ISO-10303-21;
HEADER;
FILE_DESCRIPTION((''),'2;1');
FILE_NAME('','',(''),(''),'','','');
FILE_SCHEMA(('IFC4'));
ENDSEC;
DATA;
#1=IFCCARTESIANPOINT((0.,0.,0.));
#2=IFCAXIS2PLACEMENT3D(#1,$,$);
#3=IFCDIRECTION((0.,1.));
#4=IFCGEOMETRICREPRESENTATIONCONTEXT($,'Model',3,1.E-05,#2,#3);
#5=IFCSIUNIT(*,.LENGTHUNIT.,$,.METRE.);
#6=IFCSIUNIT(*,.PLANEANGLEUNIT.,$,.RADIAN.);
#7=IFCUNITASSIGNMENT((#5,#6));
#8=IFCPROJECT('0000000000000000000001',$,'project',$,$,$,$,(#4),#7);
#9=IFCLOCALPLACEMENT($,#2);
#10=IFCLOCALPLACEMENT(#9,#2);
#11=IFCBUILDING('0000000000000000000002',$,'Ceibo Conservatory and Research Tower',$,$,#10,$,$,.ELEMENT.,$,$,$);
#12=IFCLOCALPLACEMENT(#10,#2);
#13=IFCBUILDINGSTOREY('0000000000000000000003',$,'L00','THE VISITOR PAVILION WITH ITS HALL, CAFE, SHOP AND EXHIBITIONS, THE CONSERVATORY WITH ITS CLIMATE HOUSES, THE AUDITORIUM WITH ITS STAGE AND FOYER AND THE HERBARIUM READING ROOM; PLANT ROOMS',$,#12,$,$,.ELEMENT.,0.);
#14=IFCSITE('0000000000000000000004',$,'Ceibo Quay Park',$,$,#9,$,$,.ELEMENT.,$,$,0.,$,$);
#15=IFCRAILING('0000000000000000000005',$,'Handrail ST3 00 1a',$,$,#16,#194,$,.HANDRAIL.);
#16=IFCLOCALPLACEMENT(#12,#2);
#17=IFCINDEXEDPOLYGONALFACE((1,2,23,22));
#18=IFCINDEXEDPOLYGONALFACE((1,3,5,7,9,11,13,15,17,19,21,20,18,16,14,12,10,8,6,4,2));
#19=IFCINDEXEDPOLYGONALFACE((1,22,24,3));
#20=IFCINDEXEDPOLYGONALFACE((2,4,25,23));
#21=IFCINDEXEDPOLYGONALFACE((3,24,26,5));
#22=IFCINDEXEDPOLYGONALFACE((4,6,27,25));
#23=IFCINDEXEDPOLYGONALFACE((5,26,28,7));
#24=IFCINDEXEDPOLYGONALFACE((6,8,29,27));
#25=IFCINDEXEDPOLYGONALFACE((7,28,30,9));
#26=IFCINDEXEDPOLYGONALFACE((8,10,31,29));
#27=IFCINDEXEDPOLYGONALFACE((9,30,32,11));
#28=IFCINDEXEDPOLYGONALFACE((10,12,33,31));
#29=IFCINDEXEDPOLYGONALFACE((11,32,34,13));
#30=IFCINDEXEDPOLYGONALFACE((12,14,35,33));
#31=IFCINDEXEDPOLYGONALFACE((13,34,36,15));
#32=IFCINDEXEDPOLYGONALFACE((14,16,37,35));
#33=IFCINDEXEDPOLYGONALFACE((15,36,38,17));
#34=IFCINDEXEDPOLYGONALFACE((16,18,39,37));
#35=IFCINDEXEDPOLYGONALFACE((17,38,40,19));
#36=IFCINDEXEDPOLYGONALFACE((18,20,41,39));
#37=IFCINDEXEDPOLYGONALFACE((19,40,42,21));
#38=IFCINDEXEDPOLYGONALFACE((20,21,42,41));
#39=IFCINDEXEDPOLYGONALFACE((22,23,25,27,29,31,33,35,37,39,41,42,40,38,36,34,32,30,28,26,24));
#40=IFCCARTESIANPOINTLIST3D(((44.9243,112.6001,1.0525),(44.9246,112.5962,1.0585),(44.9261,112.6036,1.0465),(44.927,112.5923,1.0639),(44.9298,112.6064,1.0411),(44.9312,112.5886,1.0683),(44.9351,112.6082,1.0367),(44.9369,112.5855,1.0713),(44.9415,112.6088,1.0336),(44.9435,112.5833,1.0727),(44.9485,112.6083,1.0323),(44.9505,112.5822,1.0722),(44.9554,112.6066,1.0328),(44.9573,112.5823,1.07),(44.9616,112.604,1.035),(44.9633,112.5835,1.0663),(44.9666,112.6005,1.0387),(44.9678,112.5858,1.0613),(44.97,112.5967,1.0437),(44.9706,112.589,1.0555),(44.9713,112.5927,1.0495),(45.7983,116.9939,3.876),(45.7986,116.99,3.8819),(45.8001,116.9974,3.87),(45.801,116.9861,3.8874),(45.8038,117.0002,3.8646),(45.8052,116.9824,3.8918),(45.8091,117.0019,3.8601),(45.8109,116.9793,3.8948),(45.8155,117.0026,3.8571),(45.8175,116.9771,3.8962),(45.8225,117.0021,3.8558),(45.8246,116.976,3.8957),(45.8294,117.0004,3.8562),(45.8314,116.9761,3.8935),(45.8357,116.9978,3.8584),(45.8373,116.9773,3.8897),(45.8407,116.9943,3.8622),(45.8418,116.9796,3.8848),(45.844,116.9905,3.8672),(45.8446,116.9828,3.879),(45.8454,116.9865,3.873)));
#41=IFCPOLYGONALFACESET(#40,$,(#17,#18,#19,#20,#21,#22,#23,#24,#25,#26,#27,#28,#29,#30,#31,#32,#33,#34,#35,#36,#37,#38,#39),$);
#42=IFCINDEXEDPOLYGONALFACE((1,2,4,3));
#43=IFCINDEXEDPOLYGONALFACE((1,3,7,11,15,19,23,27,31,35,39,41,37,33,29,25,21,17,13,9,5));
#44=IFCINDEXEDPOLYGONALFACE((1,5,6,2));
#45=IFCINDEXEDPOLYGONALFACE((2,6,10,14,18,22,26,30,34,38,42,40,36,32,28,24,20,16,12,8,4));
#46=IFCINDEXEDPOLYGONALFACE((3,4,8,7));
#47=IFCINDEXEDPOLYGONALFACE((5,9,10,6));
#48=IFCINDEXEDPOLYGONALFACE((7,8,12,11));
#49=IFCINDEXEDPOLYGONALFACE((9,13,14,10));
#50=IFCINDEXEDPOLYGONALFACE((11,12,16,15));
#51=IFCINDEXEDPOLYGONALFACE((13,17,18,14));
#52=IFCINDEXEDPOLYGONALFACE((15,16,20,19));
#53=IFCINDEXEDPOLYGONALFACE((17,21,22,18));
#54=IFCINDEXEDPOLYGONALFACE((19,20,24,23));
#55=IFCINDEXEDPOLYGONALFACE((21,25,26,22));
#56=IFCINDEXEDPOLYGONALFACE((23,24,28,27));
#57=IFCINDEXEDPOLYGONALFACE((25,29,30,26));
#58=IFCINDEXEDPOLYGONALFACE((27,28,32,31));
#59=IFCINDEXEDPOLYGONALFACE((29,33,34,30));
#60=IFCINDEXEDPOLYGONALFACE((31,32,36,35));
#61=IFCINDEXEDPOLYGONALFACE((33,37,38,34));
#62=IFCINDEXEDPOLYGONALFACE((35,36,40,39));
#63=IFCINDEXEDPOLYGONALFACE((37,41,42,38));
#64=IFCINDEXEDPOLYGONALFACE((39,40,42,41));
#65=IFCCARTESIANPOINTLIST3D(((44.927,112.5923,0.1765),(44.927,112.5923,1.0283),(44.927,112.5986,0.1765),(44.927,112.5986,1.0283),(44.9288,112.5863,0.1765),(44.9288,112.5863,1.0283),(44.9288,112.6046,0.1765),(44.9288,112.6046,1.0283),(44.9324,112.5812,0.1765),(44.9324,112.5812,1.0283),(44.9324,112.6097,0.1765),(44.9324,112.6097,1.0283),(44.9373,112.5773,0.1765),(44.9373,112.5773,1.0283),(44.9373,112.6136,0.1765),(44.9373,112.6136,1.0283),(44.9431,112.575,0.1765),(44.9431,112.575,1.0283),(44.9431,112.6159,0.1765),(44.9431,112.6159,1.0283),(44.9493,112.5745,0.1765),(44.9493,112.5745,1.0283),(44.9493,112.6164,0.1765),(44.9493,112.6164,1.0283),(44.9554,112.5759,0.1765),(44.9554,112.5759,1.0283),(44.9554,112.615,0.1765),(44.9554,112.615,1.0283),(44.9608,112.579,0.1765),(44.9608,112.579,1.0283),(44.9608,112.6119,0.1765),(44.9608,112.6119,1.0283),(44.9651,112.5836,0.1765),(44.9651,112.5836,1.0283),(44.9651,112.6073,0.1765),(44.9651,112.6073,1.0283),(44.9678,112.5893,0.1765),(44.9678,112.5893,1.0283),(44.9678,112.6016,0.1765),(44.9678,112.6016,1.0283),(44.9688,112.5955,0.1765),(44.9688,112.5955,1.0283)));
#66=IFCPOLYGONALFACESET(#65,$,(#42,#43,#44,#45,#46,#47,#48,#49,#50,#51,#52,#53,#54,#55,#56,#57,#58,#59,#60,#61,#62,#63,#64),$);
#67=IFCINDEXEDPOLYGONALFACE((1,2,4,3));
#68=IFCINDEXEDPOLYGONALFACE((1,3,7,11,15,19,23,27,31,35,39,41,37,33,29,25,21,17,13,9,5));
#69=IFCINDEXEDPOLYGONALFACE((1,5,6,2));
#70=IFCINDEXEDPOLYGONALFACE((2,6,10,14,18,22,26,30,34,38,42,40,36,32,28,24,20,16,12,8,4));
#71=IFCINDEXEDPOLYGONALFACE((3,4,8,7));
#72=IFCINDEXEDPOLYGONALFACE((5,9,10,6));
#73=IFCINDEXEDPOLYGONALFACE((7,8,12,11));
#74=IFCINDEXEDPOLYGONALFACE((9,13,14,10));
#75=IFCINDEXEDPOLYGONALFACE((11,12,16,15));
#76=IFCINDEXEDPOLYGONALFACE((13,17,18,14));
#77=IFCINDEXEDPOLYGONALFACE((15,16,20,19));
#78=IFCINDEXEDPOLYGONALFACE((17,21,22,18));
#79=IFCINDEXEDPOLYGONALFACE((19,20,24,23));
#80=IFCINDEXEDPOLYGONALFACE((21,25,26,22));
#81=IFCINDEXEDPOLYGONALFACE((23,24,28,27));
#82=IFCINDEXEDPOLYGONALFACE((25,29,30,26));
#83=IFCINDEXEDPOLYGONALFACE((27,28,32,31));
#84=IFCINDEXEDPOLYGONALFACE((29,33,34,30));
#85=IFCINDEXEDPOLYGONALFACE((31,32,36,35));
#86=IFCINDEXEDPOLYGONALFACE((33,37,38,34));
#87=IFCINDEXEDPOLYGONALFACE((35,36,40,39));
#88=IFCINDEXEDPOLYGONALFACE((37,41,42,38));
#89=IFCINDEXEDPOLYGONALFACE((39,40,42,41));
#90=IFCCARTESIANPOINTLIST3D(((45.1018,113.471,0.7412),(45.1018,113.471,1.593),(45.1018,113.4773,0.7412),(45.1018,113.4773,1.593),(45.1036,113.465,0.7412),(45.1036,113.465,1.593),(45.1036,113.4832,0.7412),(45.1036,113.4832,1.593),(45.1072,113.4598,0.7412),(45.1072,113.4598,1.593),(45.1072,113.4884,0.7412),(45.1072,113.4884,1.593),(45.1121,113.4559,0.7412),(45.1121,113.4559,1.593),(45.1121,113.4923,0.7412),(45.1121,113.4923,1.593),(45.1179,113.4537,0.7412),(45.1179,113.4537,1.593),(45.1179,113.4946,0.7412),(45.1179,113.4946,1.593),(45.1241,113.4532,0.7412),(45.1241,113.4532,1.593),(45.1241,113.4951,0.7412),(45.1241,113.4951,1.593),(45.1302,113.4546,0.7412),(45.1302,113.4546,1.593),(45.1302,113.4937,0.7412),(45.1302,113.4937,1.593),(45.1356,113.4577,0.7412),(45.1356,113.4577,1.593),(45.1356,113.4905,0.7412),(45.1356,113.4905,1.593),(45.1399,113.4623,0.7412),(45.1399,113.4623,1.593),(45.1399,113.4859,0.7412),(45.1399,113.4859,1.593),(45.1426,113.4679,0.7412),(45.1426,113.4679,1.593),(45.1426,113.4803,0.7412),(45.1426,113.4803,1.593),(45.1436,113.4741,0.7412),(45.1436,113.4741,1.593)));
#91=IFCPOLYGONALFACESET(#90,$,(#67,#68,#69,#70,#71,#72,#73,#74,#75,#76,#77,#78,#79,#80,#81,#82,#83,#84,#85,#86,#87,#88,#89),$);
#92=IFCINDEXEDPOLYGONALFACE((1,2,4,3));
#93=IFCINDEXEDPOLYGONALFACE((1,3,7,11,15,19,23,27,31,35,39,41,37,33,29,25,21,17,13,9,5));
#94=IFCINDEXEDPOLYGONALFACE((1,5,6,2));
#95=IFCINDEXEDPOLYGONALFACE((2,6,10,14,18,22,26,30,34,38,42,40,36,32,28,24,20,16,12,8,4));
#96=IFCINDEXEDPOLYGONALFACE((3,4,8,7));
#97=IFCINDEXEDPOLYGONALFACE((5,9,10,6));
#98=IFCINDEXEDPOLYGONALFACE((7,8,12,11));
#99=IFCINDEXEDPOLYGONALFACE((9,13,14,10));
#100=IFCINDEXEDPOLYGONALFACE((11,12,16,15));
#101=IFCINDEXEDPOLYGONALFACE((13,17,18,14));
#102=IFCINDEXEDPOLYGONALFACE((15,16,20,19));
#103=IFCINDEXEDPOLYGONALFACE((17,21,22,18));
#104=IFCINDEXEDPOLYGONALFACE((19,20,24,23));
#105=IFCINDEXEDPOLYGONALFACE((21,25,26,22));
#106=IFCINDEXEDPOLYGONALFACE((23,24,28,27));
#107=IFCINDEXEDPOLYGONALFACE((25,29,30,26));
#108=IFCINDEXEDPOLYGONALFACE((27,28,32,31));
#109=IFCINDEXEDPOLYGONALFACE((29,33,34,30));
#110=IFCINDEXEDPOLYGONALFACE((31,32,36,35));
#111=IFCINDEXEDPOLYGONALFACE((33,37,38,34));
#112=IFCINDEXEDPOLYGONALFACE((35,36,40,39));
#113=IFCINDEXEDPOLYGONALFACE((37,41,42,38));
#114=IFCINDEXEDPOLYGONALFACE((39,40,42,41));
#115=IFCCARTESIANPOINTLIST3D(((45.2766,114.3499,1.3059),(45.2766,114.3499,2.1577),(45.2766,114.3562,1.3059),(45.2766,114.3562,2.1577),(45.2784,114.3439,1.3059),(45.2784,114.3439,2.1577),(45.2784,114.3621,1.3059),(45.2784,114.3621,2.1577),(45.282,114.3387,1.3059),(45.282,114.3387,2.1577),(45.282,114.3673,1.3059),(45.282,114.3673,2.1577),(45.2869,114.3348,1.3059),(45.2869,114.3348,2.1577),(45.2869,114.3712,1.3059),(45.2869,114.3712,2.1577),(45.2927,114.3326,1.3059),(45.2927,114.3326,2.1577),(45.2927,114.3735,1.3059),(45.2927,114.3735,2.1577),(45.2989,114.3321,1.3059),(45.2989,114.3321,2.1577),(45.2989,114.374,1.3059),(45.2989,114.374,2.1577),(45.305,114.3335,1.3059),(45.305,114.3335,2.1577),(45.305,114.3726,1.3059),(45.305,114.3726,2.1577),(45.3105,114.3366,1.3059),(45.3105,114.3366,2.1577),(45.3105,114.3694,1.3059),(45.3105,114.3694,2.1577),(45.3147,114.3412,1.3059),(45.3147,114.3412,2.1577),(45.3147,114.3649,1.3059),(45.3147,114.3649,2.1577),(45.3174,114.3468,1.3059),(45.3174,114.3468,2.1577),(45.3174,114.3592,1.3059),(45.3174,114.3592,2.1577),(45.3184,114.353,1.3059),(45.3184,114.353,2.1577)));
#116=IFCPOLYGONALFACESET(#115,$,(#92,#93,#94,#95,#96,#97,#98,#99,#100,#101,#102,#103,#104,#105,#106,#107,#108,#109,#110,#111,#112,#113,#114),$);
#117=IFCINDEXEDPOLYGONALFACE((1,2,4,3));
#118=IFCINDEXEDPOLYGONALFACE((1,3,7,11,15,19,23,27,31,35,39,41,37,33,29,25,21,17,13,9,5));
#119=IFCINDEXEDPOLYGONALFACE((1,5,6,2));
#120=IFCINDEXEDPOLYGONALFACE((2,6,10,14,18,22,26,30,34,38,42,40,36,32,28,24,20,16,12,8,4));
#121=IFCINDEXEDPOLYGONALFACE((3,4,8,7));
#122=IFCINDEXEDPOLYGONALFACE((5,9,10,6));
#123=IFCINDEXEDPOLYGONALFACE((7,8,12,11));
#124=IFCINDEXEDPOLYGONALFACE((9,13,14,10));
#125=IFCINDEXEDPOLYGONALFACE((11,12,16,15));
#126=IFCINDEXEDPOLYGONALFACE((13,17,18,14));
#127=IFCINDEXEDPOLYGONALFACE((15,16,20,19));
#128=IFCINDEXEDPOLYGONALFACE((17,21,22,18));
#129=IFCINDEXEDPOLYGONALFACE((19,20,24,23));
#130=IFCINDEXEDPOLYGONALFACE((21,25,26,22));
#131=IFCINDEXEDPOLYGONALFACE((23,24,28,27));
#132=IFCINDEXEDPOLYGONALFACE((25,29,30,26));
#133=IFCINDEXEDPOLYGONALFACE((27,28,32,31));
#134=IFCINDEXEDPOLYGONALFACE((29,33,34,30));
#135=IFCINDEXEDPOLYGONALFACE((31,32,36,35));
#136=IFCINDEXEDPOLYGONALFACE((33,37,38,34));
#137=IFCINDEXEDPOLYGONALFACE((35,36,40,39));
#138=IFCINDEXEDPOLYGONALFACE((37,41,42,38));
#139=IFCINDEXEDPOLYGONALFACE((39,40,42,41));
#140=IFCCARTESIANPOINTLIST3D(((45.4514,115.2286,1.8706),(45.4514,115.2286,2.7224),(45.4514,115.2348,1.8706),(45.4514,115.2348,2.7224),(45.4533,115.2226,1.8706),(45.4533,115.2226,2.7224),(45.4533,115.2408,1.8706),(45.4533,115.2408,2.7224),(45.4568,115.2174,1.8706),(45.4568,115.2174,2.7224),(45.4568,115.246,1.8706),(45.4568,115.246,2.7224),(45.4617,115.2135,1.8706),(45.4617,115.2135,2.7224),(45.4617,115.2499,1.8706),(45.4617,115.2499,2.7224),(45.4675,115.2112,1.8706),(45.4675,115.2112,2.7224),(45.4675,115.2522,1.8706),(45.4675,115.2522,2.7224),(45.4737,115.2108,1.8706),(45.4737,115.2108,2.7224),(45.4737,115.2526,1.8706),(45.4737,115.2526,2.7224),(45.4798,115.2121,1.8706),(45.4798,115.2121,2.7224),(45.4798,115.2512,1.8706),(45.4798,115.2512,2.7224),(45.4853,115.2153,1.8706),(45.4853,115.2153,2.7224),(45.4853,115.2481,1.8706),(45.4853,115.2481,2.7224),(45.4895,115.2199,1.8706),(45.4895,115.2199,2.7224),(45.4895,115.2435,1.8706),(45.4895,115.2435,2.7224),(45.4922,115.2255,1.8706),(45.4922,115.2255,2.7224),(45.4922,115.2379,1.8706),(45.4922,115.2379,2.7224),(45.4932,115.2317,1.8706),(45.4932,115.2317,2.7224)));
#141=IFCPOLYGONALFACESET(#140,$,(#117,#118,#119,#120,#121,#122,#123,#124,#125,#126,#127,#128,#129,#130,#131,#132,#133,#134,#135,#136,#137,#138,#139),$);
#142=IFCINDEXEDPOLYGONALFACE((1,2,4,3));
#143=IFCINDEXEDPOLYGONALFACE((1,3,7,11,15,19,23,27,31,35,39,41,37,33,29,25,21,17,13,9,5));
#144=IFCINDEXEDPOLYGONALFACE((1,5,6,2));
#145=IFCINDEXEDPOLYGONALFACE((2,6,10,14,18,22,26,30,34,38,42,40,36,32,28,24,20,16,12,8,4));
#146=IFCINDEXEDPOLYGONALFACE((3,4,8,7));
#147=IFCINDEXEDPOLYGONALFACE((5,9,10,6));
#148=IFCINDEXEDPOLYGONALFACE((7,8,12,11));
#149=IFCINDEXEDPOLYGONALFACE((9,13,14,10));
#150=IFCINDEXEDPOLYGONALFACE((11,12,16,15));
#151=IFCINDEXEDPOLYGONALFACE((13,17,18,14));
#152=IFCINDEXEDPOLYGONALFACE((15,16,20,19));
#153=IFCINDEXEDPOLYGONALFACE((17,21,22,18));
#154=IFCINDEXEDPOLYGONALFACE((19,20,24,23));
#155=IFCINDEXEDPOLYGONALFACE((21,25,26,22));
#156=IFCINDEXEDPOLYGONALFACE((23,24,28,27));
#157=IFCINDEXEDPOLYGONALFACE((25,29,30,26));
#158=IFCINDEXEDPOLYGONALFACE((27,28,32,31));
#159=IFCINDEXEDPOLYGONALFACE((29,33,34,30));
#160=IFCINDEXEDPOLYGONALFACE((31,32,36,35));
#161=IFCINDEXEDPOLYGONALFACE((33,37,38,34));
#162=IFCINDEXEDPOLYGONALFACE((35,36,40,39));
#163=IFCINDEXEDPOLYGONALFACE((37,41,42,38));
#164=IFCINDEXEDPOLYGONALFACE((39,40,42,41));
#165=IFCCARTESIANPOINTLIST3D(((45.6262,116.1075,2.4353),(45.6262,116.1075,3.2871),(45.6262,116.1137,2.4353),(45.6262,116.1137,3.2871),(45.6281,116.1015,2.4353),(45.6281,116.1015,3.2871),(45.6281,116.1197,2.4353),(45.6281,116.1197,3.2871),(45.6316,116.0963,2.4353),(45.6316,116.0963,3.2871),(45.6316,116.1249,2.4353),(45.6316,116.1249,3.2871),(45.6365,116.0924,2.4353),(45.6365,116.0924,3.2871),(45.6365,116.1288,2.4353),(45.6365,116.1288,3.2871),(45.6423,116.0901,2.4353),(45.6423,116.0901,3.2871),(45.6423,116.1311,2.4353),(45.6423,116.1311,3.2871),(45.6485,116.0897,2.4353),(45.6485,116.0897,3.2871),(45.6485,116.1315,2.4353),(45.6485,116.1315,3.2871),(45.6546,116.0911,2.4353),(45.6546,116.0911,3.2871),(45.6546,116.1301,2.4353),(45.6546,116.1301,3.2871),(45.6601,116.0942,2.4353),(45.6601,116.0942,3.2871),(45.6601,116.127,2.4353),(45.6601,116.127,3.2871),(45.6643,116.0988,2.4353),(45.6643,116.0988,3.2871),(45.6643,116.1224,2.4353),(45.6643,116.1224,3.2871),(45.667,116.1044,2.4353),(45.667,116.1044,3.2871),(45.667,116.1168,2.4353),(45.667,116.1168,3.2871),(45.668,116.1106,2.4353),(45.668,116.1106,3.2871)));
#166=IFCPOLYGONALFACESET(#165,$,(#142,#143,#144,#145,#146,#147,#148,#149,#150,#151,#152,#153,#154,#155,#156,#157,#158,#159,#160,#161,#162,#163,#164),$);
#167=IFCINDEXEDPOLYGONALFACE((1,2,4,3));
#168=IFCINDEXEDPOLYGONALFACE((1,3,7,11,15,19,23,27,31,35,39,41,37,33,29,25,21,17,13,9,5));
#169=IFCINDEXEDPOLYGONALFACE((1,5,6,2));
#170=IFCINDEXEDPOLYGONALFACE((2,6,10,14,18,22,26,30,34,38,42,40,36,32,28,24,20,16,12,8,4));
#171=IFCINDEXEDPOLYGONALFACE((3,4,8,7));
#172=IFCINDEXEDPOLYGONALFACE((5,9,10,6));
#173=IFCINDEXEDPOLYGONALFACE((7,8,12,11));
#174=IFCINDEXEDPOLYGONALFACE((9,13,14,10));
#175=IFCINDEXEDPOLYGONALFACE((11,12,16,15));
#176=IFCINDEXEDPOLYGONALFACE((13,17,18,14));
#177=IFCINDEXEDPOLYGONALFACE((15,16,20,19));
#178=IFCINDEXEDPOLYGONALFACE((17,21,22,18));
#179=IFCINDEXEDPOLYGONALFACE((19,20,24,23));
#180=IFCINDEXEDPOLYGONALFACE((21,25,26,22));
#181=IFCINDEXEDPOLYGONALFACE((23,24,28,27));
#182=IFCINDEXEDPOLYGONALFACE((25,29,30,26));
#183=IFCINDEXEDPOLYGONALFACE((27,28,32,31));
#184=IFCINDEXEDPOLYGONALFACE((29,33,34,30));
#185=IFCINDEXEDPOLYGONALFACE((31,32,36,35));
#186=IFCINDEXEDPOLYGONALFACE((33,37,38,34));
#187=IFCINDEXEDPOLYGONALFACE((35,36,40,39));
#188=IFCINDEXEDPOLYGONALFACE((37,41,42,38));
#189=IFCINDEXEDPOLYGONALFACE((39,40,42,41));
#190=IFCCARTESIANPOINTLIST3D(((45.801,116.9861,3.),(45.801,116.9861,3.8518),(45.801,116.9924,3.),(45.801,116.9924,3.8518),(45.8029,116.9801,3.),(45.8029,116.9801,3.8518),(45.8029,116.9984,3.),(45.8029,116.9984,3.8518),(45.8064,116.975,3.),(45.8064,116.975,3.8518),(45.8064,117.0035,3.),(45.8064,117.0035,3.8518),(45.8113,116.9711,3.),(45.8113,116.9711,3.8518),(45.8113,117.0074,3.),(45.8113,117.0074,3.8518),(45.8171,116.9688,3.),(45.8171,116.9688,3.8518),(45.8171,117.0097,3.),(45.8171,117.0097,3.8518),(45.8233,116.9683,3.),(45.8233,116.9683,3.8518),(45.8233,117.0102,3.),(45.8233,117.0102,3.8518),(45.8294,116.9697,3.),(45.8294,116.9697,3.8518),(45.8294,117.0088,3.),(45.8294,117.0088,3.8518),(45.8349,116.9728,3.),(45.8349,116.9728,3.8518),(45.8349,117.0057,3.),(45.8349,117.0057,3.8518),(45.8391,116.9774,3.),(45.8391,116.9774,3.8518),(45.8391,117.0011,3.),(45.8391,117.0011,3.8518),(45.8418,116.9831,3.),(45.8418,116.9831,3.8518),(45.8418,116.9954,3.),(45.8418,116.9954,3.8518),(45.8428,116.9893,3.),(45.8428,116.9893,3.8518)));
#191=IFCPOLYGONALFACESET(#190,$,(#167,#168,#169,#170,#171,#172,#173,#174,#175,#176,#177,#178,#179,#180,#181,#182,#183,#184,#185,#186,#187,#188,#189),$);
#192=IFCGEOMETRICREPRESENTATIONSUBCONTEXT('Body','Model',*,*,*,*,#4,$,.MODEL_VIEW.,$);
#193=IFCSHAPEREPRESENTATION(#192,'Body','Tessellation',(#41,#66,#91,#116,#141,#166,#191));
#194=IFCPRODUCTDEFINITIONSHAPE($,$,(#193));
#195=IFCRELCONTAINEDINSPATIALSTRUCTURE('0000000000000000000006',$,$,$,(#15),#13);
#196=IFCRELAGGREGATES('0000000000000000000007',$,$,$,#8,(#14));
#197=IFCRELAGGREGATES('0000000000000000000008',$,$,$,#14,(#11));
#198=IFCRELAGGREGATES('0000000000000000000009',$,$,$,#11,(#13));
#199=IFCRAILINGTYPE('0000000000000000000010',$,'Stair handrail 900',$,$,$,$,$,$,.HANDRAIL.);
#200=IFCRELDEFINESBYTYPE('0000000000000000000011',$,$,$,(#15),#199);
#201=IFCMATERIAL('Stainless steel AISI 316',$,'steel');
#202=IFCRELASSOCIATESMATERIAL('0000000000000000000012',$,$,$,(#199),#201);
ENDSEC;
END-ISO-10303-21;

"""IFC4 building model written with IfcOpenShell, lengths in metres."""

from ifc_helpers import new_model, si_unit, direction, frame, origin, origin_2d, place, context, subcontext, project, spatial, circle, extrude, material, type_object, element, save


model = new_model("IFC4")

# Units and contexts
model_context = context("Model", 3, precision=1e-05, world=origin(), true_north=direction((0.0, 1.0)))
body_context = subcontext(model_context, "Body", "Model", "MODEL_VIEW")
ifc_project = project(units=[si_unit("LENGTHUNIT", "METRE"), si_unit("PLANEANGLEUNIT", "RADIAN")], contexts=[model_context])

# Site, building, storey
site_placement = place(None, origin())
site = spatial("IfcSite", under=ifc_project, at=site_placement, Name="Ceibo Quay Park", CompositionType="ELEMENT", RefElevation=0.0)
building_placement = place(site_placement, origin())
building = spatial("IfcBuilding", under=site, at=building_placement, Name="Ceibo Conservatory and Research Tower", CompositionType="ELEMENT")
storey_placement = place(building_placement, origin())
storey = spatial("IfcBuildingStorey", under=building, at=storey_placement, Name="L00", Description="THE VISITOR PAVILION WITH ITS HALL, CAFE, SHOP AND EXHIBITIONS, THE CONSERVATORY WITH ITS CLIMATE HOUSES, THE AUDITORIUM WITH ITS STAGE AND FOYER AND THE HERBARIUM READING ROOM; PLANT ROOMS", CompositionType="ELEMENT", Elevation=0.0)

# Railing
ifc_material_1 = material(Name="Stainless steel AISI 316", Category="steel")
railing_type = type_object("IfcRailingType", Name="Stair handrail 900", PredefinedType="HANDRAIL", material=ifc_material_1)
railing_1_placement = place(storey_placement, frame((44.9478, 112.5955, 0.1765)))
element("IfcRailing", 1, at=railing_1_placement, inside=storey, type_object=railing_type, Name="Handrail ST3 00 1a", PredefinedType="HANDRAIL", context=body_context, shape_type="SweptSolid", body=[
    extrude(circle(Radius=0.0239, at=origin_2d()), frame((0.0, 0.0, 0.876), z_axis=(0.165053, 0.829736, 0.533194), x_axis=(-0.980783, 0.195099, 0.0)), (0.0, 0.0, 1.0), 5.2954),
    extrude(circle(Radius=0.021, at=origin_2d()), origin(), (0.0, 0.0, 1.0), 0.8518),
    extrude(circle(Radius=0.021, at=origin_2d()), frame((0.1748, 0.8787, 0.5647)), (0.0, 0.0, 1.0), 0.8518),
    extrude(circle(Radius=0.021, at=origin_2d()), frame((0.3496, 1.7576, 1.1294)), (0.0, 0.0, 1.0), 0.8518),
    extrude(circle(Radius=0.021, at=origin_2d()), frame((0.5244, 2.6362, 1.6941)), (0.0, 0.0, 1.0), 0.8518),
    extrude(circle(Radius=0.021, at=origin_2d()), frame((0.6992, 3.5151, 2.2588)), (0.0, 0.0, 1.0), 0.8518),
    extrude(circle(Radius=0.021, at=origin_2d()), frame((0.874, 4.3938, 2.8235)), (0.0, 0.0, 1.0), 0.8518),
])

save(model, "model.ifc")
